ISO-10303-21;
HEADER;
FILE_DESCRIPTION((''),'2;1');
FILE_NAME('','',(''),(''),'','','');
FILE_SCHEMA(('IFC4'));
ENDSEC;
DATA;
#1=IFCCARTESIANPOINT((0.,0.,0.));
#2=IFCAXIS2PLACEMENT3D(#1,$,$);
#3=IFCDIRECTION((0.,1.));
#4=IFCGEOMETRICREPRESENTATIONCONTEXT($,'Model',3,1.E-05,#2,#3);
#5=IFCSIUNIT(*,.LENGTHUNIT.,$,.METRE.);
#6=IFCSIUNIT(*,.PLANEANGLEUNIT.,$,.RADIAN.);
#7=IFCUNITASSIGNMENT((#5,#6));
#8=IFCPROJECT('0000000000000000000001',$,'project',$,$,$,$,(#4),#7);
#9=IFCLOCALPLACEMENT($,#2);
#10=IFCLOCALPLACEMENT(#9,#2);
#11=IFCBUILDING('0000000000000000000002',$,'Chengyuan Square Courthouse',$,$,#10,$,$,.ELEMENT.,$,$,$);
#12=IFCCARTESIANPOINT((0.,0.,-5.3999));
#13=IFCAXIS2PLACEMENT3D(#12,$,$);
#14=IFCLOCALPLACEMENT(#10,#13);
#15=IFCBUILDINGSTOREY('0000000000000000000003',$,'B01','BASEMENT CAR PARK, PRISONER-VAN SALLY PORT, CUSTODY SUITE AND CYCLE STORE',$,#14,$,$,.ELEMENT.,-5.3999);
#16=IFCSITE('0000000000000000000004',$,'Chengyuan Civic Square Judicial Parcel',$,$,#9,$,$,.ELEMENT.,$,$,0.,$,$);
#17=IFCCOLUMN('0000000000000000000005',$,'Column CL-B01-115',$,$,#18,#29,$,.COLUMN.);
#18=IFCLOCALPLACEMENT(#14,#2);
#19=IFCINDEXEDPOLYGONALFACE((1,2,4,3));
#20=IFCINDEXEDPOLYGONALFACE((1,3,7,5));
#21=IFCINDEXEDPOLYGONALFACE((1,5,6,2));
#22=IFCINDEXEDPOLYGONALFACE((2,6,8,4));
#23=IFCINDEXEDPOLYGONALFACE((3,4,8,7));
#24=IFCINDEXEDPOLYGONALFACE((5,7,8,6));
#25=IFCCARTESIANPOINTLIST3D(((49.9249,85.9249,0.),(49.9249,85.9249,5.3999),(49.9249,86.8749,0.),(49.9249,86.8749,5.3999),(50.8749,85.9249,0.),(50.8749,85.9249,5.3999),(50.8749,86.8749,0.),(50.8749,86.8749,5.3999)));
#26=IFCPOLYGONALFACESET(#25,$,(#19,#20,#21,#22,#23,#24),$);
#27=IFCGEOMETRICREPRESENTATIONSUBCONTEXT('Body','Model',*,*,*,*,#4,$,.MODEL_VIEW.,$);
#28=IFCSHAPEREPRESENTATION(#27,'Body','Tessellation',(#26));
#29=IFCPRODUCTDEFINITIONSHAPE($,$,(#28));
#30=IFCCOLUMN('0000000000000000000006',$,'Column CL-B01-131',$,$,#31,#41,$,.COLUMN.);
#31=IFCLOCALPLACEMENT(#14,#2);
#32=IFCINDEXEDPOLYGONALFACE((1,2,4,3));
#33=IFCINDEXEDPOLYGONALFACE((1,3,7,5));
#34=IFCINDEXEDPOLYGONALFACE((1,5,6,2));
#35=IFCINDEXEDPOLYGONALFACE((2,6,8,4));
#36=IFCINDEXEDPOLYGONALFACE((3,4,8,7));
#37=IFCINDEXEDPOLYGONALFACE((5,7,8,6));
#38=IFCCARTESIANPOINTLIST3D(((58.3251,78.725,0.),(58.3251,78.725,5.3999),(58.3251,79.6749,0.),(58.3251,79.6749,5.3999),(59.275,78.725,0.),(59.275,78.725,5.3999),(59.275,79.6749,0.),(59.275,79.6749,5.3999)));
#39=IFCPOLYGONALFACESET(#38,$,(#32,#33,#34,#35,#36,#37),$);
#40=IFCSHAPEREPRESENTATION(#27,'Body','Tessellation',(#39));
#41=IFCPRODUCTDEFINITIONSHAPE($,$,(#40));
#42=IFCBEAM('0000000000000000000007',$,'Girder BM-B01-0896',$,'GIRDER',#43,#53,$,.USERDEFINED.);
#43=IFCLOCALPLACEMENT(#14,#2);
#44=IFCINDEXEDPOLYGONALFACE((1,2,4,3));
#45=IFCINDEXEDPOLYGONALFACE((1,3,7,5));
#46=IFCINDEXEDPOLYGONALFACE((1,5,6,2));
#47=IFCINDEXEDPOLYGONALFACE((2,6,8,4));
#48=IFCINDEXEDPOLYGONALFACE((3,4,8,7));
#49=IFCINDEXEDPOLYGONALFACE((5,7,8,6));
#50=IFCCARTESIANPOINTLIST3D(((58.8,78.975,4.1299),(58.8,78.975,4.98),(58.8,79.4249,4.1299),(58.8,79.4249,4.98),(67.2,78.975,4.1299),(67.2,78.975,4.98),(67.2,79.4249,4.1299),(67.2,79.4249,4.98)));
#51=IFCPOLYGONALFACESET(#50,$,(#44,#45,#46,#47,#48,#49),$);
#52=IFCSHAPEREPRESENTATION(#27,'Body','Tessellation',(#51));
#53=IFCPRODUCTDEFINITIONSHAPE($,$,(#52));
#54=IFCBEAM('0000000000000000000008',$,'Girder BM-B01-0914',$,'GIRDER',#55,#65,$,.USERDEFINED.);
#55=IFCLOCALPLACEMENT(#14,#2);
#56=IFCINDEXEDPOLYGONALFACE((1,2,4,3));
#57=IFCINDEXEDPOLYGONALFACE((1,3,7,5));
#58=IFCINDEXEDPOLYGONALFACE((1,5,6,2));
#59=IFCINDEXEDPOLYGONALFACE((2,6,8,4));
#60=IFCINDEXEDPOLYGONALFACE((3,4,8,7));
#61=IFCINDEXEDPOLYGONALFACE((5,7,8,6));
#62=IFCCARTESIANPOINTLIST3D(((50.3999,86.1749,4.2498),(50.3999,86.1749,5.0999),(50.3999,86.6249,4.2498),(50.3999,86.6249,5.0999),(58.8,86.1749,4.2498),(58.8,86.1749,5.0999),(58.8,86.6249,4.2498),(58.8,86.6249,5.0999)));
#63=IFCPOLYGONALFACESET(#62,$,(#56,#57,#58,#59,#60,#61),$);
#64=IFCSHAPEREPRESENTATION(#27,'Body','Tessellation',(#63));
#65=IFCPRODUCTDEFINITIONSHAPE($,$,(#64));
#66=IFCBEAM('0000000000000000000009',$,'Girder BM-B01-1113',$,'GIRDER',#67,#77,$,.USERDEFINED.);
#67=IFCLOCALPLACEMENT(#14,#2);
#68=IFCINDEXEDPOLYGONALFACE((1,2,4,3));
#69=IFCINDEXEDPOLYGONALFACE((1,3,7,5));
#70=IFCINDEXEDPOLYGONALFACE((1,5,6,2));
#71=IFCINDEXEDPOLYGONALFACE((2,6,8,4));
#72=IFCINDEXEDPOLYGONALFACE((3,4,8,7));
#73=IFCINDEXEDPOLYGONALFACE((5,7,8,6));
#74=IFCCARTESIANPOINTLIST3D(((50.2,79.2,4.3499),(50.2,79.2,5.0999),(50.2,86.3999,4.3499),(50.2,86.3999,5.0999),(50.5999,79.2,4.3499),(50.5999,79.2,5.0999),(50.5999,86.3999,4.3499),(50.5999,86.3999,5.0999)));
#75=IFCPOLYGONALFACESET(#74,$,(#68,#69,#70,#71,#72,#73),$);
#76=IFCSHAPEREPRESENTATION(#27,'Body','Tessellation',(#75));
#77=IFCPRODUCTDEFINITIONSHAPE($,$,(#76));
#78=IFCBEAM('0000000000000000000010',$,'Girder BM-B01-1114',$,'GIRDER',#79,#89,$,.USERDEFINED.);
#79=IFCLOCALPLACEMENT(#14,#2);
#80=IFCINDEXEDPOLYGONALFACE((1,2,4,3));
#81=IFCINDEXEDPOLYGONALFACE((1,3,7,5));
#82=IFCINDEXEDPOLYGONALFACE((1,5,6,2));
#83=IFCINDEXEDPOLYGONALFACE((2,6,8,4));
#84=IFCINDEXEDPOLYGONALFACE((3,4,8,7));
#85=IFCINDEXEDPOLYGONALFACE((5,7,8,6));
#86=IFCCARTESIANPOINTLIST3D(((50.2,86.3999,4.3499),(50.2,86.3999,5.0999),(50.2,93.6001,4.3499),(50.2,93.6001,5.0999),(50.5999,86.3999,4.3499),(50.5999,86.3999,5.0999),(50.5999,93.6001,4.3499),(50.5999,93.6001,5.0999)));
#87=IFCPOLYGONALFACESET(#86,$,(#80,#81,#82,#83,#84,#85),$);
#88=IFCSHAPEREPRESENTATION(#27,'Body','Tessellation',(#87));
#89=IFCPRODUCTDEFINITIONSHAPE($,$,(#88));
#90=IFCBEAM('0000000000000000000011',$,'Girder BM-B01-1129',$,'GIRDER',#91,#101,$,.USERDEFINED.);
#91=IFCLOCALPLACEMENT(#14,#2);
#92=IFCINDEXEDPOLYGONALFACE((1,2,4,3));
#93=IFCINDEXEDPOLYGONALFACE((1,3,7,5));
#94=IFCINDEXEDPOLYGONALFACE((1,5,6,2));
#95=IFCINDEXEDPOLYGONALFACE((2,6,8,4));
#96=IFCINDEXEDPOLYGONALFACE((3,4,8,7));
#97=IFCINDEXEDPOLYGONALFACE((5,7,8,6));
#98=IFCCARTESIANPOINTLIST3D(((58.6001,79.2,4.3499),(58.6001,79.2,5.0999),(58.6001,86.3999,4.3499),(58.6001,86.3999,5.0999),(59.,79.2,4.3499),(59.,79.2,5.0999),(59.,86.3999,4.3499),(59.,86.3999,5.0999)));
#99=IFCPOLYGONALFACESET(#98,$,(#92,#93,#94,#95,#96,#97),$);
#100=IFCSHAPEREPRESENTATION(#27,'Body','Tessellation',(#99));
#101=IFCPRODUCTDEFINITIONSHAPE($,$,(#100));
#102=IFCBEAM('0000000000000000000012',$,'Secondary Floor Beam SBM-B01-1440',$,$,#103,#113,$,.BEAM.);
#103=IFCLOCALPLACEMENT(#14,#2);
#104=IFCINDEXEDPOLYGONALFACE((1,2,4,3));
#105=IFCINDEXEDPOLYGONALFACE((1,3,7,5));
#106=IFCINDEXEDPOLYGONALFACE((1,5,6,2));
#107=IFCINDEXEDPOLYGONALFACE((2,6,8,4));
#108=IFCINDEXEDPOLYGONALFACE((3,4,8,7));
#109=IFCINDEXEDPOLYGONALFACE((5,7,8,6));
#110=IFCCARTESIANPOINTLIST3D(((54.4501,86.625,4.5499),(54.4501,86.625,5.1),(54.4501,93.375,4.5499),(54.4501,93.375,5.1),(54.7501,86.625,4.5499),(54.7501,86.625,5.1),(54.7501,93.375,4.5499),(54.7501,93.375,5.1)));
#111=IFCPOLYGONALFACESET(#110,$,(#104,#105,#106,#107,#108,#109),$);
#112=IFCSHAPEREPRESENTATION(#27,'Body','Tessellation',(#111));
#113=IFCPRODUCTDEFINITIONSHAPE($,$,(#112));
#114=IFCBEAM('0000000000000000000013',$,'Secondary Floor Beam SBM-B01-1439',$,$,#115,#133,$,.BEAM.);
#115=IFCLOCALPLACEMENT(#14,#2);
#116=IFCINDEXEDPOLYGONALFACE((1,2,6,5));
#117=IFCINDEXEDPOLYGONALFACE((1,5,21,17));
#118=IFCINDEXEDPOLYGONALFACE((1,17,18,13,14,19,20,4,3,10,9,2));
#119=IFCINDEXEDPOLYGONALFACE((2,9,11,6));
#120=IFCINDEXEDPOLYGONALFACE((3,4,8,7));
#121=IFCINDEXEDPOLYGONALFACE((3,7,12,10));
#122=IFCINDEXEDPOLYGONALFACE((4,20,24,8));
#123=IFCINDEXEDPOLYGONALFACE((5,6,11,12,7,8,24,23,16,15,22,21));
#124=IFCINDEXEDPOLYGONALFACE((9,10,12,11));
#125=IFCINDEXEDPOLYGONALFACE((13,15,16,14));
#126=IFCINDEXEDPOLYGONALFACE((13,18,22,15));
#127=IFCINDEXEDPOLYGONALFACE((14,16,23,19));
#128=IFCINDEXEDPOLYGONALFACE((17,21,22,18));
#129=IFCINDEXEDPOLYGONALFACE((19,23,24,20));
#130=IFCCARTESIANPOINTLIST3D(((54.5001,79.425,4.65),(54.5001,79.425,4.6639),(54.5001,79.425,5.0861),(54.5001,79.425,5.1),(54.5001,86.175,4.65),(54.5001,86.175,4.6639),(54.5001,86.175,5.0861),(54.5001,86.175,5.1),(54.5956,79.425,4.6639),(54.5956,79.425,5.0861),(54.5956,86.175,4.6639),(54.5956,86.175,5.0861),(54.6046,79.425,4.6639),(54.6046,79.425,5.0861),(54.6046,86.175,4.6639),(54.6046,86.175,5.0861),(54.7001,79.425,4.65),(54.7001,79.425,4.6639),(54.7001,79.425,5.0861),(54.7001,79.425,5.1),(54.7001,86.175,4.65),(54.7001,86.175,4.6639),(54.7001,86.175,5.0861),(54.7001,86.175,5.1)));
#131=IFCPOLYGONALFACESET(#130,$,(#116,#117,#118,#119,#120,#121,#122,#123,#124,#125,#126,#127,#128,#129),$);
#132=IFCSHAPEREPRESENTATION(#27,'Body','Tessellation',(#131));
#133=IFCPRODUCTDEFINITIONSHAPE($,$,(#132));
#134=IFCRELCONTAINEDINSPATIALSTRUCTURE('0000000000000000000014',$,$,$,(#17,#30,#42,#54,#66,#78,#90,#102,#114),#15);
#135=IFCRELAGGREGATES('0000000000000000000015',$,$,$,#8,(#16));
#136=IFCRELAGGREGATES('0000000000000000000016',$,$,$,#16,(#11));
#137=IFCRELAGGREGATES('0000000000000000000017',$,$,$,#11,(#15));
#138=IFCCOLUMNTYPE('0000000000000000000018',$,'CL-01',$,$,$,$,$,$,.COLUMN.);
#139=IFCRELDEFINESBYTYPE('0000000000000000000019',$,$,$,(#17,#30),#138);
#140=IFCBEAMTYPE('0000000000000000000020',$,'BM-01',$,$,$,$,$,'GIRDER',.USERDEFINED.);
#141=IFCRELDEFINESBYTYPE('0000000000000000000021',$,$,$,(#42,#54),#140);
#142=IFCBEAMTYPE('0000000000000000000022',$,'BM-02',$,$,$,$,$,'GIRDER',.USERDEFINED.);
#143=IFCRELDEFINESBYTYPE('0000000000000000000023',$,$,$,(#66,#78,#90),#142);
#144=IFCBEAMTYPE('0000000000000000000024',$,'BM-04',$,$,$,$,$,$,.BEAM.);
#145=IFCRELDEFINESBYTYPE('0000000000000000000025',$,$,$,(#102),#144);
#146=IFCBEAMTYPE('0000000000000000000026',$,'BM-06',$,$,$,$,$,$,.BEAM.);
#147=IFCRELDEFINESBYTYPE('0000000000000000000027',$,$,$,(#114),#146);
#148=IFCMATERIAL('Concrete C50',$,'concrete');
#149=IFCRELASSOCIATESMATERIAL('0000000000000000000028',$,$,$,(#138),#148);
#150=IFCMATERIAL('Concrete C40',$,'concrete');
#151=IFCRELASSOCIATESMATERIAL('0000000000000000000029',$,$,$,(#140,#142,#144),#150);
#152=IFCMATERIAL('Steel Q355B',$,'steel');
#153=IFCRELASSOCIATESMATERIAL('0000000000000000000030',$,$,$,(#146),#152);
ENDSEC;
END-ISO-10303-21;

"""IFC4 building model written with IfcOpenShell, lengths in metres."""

from ifc_helpers import new_model, si_unit, direction, frame, origin, origin_2d, place, context, subcontext, project, spatial, rectangle, i_section, extrude, material, material_profile, profile_set, type_object, element, save


model = new_model("IFC4")

# Units and contexts
model_context = context("Model", 3, precision=1e-05, world=origin(), true_north=direction((0.0, 1.0)))
body_context = subcontext(model_context, "Body", "Model", "MODEL_VIEW")
ifc_project = project(units=[si_unit("LENGTHUNIT", "METRE"), si_unit("PLANEANGLEUNIT", "RADIAN")], contexts=[model_context])

# Site, building, storey
site_placement = place(None, origin())
site = spatial("IfcSite", under=ifc_project, at=site_placement, Name="Chengyuan Civic Square Judicial Parcel", CompositionType="ELEMENT", RefElevation=0.0)
building_placement = place(site_placement, origin())
building = spatial("IfcBuilding", under=site, at=building_placement, Name="Chengyuan Square Courthouse", CompositionType="ELEMENT")
storey_placement = place(building_placement, frame((0.0, 0.0, -5.3999)))
storey = spatial("IfcBuildingStorey", under=building, at=storey_placement, Name="B01", Description="BASEMENT CAR PARK, PRISONER-VAN SALLY PORT, CUSTODY SUITE AND CYCLE STORE", CompositionType="ELEMENT", Elevation=-5.3999)

# Columns
ifc_material_1 = material(Name="Concrete C50", Category="concrete")
ifc_material_profile_1 = material_profile(ifc_material_1, rectangle(XDim=0.95, YDim=0.95, at=origin_2d()), Name="RC-COL-950x950")
ifc_profile_set_1 = profile_set([ifc_material_profile_1], Name="Concrete C50")
column_type = type_object("IfcColumnType", Name="CL-01", PredefinedType="COLUMN", material=ifc_profile_set_1)
for number, where, z_axis, x_axis, name in (
    (1, (50.3999, 86.3999, 0.0), (0.0, 0.0, 1.0), (1.0, 0.0, 0.0), "Column CL-B01-115"),
    (2, (58.8, 79.2, 0.0), (0.0, 0.0, 1.0), (1.0, 0.0, 0.0), "Column CL-B01-131"),
):
    element("IfcColumn", number, at=place(storey_placement, frame(where, z_axis=z_axis, x_axis=x_axis)), inside=storey, type_object=column_type, Name=name, PredefinedType="COLUMN", context=body_context, shape_type="SweptSolid", body=[
        extrude(rectangle(XDim=0.95, YDim=0.95, at=origin_2d()), origin(), (0.0, 0.0, 1.0), 5.3999),
    ])

# Beams
ifc_material_2 = material(Name="Concrete C40", Category="concrete")
ifc_material_profile_2 = material_profile(ifc_material_2, rectangle(XDim=0.45, YDim=0.8501, at=origin_2d()), Name="RC-BM-450x850")
ifc_profile_set_2 = profile_set([ifc_material_profile_2], Name="Concrete C40")
beam_type_1 = type_object("IfcBeamType", Name="BM-01", ElementType="GIRDER", PredefinedType="USERDEFINED", material=ifc_profile_set_2)
beam_1_placement = place(storey_placement, frame((58.8, 79.2, 4.5549), z_axis=(1.0, 0.0, 0.0), x_axis=(0.0, 1.0, 0.0)))
element("IfcBeam", 3, at=beam_1_placement, inside=storey, type_object=beam_type_1, Name="Girder BM-B01-0896", ObjectType="GIRDER", PredefinedType="USERDEFINED", context=body_context, shape_type="SweptSolid", body=[
    extrude(rectangle(XDim=0.45, YDim=0.8501, at=origin_2d()), origin(), (0.0, 0.0, 1.0), 8.3999),
])
beam_2_placement = place(storey_placement, frame((50.3999, 86.3999, 4.6748), z_axis=(1.0, 0.0, 0.0), x_axis=(0.0, 1.0, 0.0)))
element("IfcBeam", 4, at=beam_2_placement, inside=storey, type_object=beam_type_1, Name="Girder BM-B01-0914", ObjectType="GIRDER", PredefinedType="USERDEFINED", context=body_context, shape_type="SweptSolid", body=[
    extrude(rectangle(XDim=0.45, YDim=0.8501, at=origin_2d()), origin(), (0.0, 0.0, 1.0), 8.4001),
])
ifc_material_profile_3 = material_profile(ifc_material_2, rectangle(XDim=0.3999, YDim=0.75, at=origin_2d()), Name="RC-BM-400x750")
ifc_profile_set_3 = profile_set([ifc_material_profile_3], Name="Concrete C40")
beam_type_2 = type_object("IfcBeamType", Name="BM-02", ElementType="GIRDER", PredefinedType="USERDEFINED", material=ifc_profile_set_3)
beam_3_placement = place(storey_placement, frame((50.3999, 79.2, 4.7249), z_axis=(0.0, 1.0, 0.0), x_axis=(-1.0, 0.0, 0.0)))
element("IfcBeam", 5, at=beam_3_placement, inside=storey, type_object=beam_type_2, Name="Girder BM-B01-1113", ObjectType="GIRDER", PredefinedType="USERDEFINED", context=body_context, shape_type="SweptSolid", body=[
    extrude(rectangle(XDim=0.3999, YDim=0.75, at=origin_2d()), origin(), (0.0, 0.0, 1.0), 7.2),
])
beam_4_placement = place(storey_placement, frame((50.3999, 86.3999, 4.7249), z_axis=(0.0, 1.0, 0.0), x_axis=(-1.0, 0.0, 0.0)))
element("IfcBeam", 6, at=beam_4_placement, inside=storey, type_object=beam_type_2, Name="Girder BM-B01-1114", ObjectType="GIRDER", PredefinedType="USERDEFINED", context=body_context, shape_type="SweptSolid", body=[
    extrude(rectangle(XDim=0.3999, YDim=0.75, at=origin_2d()), origin(), (0.0, 0.0, 1.0), 7.2002),
])
beam_5_placement = place(storey_placement, frame((58.8, 79.2, 4.7249), z_axis=(0.0, 1.0, 0.0), x_axis=(-1.0, 0.0, 0.0)))
element("IfcBeam", 7, at=beam_5_placement, inside=storey, type_object=beam_type_2, Name="Girder BM-B01-1129", ObjectType="GIRDER", PredefinedType="USERDEFINED", context=body_context, shape_type="SweptSolid", body=[
    extrude(rectangle(XDim=0.3999, YDim=0.75, at=origin_2d()), origin(), (0.0, 0.0, 1.0), 7.2),
])
ifc_material_profile_4 = material_profile(ifc_material_2, rectangle(XDim=0.3, YDim=0.55, at=origin_2d()), Name="RC-BM-300x550")
ifc_profile_set_4 = profile_set([ifc_material_profile_4], Name="Concrete C40")
beam_type_3 = type_object("IfcBeamType", Name="BM-04", PredefinedType="BEAM", material=ifc_profile_set_4)
beam_6_placement = place(storey_placement, frame((54.6001, 86.625, 4.825), z_axis=(0.0, 1.0, 0.0), x_axis=(-1.0, 0.0, 0.0)))
element("IfcBeam", 8, at=beam_6_placement, inside=storey, type_object=beam_type_3, Name="Secondary Floor Beam SBM-B01-1440", PredefinedType="BEAM", context=body_context, shape_type="SweptSolid", body=[
    extrude(rectangle(XDim=0.3, YDim=0.55, at=origin_2d()), origin(), (0.0, 0.0, 1.0), 6.75),
])
ifc_material_3 = material(Name="Steel Q355B", Category="steel")
ifc_material_profile_5 = material_profile(ifc_material_3, i_section(OverallWidth=0.2, OverallDepth=0.45, WebThickness=0.009, FlangeThickness=0.0139, at=origin_2d()), Name="HN 450x200x9x14")
ifc_profile_set_5 = profile_set([ifc_material_profile_5], Name="Steel Q355B")
beam_type_4 = type_object("IfcBeamType", Name="BM-06", PredefinedType="BEAM", material=ifc_profile_set_5)
beam_7_placement = place(storey_placement, frame((54.6001, 79.425, 4.875), z_axis=(0.0, 1.0, 0.0), x_axis=(-1.0, 0.0, 0.0)))
element("IfcBeam", 9, at=beam_7_placement, inside=storey, type_object=beam_type_4, Name="Secondary Floor Beam SBM-B01-1439", PredefinedType="BEAM", context=body_context, shape_type="SweptSolid", body=[
    extrude(i_section(OverallWidth=0.2, OverallDepth=0.45, WebThickness=0.009, FlangeThickness=0.0139, at=origin_2d()), origin(), (0.0, 0.0, 1.0), 6.75),
])

save(model, "model.ifc")
